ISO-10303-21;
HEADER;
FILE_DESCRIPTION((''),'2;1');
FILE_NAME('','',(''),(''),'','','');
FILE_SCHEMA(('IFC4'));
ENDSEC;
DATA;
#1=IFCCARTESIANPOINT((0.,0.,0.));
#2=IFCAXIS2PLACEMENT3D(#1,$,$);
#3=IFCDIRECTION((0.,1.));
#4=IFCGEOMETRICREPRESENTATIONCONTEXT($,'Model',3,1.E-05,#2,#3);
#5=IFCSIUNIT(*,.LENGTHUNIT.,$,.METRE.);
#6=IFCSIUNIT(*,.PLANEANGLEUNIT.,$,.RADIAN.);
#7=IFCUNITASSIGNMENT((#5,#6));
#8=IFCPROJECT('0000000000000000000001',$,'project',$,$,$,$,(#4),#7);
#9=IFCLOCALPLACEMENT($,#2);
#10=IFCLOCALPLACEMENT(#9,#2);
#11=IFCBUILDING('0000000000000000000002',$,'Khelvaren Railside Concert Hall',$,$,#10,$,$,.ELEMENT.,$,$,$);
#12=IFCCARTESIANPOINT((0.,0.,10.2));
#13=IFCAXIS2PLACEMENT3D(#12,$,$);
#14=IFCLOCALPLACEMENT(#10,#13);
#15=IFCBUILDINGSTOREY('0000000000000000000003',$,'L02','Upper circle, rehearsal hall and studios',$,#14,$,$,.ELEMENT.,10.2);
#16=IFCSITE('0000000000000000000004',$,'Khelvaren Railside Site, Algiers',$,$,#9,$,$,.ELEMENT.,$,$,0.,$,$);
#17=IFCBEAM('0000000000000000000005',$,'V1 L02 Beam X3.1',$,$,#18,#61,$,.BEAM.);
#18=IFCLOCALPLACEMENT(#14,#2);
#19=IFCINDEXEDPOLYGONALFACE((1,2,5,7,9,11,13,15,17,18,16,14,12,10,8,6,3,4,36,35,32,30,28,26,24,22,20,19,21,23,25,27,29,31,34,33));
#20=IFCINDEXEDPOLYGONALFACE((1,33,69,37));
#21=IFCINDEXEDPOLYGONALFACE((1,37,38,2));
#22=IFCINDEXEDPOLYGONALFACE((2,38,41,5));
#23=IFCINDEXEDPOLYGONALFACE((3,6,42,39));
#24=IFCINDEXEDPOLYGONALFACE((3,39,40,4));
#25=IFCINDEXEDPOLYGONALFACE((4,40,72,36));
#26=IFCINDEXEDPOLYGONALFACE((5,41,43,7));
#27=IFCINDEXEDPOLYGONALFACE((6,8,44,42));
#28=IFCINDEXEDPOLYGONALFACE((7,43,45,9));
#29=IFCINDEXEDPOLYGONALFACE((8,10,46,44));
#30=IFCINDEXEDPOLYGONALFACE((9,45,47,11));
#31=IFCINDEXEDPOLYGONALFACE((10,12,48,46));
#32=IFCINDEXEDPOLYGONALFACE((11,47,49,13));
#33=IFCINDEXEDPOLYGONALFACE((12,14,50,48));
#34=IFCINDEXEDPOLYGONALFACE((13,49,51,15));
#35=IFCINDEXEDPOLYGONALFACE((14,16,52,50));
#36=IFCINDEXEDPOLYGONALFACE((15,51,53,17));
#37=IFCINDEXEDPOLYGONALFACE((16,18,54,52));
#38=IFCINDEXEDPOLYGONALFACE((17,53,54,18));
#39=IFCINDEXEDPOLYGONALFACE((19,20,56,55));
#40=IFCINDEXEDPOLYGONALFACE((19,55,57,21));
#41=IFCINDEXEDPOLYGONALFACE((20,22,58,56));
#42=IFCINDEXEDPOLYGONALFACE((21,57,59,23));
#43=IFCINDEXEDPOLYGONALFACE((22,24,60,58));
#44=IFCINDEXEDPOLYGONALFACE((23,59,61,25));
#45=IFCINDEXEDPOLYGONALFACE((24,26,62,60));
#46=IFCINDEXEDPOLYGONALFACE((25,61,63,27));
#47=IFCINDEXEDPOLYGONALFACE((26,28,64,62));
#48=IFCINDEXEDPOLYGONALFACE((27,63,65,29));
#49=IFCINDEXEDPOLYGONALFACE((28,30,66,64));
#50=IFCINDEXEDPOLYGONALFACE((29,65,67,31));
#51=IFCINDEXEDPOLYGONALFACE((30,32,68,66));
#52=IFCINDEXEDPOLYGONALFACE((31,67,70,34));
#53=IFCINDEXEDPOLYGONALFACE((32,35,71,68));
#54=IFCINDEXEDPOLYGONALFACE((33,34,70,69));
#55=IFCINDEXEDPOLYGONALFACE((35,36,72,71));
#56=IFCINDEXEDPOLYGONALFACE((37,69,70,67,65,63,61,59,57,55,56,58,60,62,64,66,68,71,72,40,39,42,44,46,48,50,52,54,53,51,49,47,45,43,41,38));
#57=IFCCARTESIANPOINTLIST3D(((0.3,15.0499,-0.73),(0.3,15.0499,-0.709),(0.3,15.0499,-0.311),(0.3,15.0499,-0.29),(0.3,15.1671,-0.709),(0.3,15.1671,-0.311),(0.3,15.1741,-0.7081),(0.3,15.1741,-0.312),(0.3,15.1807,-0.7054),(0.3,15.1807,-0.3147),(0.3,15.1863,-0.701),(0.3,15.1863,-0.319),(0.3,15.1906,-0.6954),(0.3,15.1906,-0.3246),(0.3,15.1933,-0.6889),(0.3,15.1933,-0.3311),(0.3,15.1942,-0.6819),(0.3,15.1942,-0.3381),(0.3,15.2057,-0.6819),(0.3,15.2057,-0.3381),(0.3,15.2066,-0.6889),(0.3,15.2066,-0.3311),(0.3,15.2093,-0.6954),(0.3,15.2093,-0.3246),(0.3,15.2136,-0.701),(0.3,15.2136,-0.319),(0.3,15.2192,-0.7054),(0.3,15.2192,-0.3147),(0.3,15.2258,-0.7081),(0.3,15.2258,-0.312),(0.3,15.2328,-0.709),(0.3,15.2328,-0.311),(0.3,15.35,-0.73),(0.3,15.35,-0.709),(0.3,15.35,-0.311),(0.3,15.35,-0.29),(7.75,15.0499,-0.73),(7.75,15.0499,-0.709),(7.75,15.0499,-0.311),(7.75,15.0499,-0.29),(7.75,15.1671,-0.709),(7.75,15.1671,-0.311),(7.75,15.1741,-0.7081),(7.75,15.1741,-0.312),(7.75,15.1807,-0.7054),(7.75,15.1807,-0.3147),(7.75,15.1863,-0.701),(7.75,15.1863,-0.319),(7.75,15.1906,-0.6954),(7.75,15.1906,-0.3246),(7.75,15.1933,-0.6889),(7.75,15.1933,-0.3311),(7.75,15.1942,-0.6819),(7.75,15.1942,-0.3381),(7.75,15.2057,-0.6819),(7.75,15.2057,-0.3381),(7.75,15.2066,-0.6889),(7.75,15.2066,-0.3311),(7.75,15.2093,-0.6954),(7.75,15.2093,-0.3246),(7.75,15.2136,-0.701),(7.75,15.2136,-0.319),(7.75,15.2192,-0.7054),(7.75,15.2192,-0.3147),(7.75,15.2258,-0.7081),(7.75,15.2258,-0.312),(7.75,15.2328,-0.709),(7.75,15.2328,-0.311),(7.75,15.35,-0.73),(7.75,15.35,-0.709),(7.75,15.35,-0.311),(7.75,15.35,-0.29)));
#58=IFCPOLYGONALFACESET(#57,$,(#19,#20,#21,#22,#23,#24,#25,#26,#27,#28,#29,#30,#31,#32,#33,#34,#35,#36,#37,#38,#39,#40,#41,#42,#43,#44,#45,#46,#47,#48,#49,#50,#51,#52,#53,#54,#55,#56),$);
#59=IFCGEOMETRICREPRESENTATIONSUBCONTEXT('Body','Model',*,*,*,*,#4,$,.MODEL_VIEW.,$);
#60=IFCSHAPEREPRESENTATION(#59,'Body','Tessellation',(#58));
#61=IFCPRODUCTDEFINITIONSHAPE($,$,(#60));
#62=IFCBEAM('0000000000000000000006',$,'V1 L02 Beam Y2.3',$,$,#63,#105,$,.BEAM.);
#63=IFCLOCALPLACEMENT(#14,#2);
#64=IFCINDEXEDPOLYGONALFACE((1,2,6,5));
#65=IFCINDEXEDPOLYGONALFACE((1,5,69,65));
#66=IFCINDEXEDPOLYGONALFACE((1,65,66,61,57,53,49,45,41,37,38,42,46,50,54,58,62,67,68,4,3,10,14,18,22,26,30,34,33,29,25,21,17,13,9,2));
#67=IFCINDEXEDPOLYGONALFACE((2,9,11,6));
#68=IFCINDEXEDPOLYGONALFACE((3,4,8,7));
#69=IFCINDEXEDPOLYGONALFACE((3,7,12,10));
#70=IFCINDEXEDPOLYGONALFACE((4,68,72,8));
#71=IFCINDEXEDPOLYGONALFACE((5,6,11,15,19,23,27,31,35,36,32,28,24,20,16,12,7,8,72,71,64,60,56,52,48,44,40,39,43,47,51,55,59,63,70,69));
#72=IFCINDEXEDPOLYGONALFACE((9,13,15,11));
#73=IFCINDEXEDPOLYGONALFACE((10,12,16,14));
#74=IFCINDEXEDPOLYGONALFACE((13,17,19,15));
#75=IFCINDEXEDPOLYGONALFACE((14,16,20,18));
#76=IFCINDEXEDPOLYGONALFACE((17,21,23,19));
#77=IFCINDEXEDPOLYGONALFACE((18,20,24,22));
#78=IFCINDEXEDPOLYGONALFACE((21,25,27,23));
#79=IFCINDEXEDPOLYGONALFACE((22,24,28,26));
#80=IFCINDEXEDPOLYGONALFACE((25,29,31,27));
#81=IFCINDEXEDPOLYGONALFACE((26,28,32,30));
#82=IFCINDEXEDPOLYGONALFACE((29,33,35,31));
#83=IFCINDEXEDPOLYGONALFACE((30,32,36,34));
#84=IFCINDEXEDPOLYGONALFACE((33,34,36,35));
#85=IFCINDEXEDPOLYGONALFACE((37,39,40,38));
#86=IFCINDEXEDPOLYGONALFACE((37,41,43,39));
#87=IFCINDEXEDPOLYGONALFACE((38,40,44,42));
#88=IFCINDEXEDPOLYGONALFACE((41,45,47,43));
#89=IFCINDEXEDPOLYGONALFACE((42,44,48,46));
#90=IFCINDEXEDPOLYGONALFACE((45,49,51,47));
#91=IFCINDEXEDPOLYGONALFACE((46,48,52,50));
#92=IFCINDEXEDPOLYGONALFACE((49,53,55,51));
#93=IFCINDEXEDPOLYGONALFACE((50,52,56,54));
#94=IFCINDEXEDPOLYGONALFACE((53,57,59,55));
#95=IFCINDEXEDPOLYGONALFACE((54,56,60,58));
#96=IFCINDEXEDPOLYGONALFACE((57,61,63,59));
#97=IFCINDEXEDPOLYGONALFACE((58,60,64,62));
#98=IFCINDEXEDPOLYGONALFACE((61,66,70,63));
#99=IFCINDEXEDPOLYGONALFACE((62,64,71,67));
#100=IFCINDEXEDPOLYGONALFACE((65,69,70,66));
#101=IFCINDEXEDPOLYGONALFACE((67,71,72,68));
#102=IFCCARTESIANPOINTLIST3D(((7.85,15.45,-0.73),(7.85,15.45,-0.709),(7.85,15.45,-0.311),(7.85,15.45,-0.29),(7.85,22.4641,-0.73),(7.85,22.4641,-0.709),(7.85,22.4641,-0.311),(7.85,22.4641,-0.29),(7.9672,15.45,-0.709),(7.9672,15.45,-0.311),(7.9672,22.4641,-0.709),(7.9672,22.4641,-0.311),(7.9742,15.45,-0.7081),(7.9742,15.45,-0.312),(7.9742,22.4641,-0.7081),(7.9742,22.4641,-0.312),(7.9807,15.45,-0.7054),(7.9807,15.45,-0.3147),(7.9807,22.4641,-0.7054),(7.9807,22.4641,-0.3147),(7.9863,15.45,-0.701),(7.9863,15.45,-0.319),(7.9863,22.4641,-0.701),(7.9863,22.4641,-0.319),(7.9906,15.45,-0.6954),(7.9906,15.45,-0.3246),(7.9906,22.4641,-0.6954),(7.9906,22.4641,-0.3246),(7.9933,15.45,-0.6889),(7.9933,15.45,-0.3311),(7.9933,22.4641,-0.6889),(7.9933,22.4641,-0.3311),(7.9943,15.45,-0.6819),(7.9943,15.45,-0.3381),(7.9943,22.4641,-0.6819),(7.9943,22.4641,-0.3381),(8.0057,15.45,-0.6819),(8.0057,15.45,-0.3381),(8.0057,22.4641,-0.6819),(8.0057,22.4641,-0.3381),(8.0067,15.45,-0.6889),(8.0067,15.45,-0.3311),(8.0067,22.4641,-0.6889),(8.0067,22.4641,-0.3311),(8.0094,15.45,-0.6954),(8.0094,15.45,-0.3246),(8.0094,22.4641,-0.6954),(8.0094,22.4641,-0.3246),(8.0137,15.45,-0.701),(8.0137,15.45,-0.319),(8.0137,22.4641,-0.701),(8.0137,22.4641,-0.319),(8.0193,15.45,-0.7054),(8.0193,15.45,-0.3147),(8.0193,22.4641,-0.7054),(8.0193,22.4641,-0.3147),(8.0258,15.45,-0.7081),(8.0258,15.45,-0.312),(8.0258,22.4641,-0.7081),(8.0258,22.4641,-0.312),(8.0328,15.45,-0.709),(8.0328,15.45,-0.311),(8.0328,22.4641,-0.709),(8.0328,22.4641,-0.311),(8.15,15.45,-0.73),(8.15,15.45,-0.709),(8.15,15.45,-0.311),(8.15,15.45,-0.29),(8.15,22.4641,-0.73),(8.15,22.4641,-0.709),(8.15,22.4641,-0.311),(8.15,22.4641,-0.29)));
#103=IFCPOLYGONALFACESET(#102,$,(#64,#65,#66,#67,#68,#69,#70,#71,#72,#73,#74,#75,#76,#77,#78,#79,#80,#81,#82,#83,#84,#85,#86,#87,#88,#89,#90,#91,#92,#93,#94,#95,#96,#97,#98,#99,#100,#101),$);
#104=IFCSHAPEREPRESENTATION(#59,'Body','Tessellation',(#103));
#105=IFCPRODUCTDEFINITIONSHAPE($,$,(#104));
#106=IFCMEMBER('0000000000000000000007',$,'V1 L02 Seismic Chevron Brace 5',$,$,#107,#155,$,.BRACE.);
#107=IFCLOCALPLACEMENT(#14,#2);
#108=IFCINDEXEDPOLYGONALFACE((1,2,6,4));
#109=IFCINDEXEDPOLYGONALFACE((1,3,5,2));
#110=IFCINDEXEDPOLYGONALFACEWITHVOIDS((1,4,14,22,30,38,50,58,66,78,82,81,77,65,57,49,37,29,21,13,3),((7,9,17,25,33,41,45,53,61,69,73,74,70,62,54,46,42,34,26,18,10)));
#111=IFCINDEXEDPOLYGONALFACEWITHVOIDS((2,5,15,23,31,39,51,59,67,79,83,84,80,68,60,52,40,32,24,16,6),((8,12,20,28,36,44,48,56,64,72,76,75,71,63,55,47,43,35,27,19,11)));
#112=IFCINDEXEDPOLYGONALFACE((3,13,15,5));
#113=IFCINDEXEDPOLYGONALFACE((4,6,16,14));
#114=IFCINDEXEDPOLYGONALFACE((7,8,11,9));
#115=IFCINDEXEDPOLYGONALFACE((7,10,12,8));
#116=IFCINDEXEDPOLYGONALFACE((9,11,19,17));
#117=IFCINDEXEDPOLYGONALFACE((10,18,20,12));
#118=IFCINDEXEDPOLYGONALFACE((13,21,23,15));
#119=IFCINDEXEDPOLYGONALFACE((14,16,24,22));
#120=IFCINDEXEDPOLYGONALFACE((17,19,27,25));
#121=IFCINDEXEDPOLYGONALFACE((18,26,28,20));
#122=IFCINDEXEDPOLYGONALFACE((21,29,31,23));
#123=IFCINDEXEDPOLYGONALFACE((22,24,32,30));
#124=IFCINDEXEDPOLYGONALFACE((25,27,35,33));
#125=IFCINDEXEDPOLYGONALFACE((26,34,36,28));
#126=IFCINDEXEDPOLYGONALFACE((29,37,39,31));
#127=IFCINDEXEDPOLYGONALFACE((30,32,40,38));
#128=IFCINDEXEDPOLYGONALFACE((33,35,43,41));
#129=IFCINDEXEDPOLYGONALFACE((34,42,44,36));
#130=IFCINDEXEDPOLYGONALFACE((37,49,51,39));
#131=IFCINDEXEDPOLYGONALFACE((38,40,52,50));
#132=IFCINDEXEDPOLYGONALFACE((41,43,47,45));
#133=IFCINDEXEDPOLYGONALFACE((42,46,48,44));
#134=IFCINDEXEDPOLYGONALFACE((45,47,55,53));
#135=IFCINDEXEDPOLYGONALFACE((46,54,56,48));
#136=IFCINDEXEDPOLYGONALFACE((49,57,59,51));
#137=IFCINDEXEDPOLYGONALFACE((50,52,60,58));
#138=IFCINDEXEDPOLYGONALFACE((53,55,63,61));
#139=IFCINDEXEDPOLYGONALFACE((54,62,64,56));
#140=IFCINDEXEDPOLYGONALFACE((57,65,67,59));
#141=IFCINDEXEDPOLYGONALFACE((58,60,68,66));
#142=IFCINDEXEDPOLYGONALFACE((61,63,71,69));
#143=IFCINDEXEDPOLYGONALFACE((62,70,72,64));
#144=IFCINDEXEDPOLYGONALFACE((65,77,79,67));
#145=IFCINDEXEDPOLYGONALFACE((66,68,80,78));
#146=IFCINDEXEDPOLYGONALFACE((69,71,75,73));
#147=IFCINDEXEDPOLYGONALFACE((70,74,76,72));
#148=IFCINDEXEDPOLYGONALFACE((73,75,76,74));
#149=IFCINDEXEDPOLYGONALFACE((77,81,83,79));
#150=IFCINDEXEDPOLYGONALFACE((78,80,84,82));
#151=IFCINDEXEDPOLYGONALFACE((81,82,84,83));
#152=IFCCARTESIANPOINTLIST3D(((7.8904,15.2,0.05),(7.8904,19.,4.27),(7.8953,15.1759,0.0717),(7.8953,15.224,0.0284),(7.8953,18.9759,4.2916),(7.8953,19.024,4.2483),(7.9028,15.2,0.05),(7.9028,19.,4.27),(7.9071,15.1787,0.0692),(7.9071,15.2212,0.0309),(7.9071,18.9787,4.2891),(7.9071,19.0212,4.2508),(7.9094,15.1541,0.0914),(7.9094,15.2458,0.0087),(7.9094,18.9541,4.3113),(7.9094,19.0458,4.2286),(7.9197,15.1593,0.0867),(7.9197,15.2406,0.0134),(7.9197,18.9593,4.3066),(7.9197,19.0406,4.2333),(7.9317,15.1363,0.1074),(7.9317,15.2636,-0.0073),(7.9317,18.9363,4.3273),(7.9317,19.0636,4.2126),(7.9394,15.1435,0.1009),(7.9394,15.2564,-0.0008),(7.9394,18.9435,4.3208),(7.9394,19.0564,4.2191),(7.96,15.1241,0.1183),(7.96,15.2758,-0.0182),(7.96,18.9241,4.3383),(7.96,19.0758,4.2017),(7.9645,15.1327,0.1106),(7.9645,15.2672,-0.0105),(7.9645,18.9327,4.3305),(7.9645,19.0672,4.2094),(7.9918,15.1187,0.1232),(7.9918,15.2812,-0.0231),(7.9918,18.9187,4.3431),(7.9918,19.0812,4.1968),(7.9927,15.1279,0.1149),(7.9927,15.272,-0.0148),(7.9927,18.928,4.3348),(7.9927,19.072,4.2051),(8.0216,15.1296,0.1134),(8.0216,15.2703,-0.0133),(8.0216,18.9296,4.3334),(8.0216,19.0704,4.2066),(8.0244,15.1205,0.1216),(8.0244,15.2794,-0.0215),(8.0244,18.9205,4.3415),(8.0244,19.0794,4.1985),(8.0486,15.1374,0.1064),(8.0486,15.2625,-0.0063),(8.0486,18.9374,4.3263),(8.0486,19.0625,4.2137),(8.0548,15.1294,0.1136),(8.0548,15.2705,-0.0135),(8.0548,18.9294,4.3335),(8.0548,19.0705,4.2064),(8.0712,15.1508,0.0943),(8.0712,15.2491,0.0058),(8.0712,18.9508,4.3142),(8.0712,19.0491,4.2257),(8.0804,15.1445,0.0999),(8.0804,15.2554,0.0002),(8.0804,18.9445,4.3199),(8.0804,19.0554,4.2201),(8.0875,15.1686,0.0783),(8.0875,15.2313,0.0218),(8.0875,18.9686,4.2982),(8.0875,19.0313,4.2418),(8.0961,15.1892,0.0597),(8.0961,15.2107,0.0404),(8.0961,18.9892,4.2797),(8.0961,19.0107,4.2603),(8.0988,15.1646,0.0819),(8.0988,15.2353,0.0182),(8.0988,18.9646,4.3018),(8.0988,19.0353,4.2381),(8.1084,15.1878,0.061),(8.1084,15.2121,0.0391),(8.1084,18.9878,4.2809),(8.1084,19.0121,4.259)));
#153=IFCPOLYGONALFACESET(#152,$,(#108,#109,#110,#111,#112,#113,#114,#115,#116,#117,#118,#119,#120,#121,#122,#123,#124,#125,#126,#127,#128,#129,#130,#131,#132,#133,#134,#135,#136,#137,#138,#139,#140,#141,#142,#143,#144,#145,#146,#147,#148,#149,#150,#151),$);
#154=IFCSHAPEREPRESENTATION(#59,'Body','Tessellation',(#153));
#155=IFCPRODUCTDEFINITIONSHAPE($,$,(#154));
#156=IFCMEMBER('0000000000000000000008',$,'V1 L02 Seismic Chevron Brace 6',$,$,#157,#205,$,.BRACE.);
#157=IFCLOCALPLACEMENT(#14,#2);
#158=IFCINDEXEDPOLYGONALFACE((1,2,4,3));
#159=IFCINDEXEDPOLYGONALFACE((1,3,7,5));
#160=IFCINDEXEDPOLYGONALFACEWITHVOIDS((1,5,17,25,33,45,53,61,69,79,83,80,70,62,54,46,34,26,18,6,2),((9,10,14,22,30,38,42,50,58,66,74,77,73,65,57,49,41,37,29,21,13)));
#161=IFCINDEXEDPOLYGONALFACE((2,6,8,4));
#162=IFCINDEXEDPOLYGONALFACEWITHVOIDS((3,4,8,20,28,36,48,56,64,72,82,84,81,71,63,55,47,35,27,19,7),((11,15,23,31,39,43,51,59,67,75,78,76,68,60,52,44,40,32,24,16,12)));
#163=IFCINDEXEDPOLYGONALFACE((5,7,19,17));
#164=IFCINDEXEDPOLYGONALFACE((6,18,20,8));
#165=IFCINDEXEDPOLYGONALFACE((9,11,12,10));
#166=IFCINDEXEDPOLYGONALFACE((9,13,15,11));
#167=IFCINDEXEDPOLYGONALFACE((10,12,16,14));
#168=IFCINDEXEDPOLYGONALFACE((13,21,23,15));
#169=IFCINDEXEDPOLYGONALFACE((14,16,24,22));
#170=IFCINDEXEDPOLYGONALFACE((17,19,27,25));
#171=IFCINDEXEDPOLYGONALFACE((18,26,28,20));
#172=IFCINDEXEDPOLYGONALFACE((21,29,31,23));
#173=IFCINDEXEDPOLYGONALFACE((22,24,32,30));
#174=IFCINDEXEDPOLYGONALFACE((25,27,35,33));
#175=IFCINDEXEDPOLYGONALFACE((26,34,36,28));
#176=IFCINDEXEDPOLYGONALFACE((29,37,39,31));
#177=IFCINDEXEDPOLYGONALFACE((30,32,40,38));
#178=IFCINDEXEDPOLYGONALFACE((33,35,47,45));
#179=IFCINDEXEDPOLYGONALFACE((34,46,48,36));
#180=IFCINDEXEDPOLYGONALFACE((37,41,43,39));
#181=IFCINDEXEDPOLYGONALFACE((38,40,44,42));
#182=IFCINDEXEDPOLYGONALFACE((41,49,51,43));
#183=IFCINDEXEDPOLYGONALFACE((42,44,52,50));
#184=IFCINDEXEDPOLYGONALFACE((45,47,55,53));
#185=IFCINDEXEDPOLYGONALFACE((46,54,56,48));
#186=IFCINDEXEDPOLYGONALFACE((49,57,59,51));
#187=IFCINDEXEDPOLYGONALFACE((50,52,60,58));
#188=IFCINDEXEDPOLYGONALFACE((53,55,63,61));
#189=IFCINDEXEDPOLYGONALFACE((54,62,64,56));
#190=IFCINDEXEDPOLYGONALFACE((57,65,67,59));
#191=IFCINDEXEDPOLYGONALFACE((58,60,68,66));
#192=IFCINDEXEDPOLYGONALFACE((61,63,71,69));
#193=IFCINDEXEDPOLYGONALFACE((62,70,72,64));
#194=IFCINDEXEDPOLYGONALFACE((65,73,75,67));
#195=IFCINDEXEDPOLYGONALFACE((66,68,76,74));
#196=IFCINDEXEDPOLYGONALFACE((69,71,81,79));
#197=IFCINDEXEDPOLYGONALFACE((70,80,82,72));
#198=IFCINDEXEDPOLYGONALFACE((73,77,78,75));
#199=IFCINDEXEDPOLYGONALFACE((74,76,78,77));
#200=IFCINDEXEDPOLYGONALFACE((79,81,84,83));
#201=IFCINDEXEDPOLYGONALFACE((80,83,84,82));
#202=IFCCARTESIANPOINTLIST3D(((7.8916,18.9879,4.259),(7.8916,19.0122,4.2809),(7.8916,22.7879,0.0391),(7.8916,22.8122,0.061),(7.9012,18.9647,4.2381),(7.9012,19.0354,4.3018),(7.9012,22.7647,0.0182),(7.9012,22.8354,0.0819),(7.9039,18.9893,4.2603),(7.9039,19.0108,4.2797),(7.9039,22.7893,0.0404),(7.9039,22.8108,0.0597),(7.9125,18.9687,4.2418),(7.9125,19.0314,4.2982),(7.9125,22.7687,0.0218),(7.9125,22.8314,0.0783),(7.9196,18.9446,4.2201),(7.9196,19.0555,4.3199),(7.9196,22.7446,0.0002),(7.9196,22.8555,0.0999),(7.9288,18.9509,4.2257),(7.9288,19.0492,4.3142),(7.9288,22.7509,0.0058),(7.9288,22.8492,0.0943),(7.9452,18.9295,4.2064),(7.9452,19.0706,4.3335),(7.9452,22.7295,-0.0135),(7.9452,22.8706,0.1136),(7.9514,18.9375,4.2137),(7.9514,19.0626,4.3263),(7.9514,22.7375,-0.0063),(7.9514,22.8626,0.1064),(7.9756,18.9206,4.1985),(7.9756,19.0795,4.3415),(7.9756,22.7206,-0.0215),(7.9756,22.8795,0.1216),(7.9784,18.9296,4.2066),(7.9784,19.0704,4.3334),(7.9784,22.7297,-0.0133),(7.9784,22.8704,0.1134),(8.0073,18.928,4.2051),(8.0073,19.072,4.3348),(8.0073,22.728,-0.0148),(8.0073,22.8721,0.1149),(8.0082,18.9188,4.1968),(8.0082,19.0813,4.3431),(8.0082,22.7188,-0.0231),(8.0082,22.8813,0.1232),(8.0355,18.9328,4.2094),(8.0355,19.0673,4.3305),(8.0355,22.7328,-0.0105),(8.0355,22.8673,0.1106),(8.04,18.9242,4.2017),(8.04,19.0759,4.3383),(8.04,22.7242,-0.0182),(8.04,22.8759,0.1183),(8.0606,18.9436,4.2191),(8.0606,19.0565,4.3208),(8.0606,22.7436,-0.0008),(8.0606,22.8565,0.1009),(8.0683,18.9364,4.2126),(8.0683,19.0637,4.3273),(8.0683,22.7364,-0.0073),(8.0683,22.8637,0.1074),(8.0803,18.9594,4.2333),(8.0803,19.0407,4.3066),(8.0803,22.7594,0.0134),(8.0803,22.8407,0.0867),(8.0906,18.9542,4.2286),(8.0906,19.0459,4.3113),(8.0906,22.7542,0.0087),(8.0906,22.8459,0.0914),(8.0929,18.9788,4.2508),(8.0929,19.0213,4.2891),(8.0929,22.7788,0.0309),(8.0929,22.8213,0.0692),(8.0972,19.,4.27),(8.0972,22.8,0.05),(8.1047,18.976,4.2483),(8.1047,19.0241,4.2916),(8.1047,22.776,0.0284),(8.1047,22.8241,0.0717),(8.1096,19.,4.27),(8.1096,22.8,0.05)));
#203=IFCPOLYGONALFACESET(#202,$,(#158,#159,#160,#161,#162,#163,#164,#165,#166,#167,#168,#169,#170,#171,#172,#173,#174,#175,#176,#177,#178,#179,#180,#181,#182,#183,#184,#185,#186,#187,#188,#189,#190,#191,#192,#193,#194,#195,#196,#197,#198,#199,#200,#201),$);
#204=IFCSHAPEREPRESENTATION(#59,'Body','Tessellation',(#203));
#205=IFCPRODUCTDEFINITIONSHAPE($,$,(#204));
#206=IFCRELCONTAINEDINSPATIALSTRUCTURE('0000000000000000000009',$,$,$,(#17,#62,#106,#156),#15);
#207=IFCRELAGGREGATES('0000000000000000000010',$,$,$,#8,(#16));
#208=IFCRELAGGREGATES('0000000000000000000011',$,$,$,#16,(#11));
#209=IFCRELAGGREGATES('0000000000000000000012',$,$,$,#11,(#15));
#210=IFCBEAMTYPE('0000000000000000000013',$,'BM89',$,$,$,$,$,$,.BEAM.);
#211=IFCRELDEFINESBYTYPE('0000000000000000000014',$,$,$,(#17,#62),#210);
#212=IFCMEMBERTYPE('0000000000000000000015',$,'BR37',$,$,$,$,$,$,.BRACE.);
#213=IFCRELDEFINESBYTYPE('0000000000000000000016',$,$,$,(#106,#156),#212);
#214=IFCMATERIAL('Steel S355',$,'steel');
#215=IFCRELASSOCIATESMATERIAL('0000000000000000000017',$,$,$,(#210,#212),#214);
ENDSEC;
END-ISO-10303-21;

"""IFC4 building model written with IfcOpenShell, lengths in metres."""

from ifc_helpers import new_model, si_unit, direction, frame, origin, origin_2d, place, context, subcontext, project, spatial, hollow_circle, i_section, extrude, material, material_profile, profile_set, type_object, element, save


model = new_model("IFC4")

# Units and contexts
model_context = context("Model", 3, precision=1e-05, world=origin(), true_north=direction((0.0, 1.0)))
body_context = subcontext(model_context, "Body", "Model", "MODEL_VIEW")
ifc_project = project(units=[si_unit("LENGTHUNIT", "METRE"), si_unit("PLANEANGLEUNIT", "RADIAN")], contexts=[model_context])

# Site, building, storey
site_placement = place(None, origin())
site = spatial("IfcSite", under=ifc_project, at=site_placement, Name="Khelvaren Railside Site, Algiers", CompositionType="ELEMENT", RefElevation=0.0)
building_placement = place(site_placement, origin())
building = spatial("IfcBuilding", under=site, at=building_placement, Name="Khelvaren Railside Concert Hall", CompositionType="ELEMENT")
storey_placement = place(building_placement, frame((0.0, 0.0, 10.2)))
storey = spatial("IfcBuildingStorey", under=building, at=storey_placement, Name="L02", Description="Upper circle, rehearsal hall and studios", CompositionType="ELEMENT", Elevation=10.2)

# Beams
ifc_material_1 = material(Name="Steel S355", Category="steel")
ifc_material_profile_1 = material_profile(ifc_material_1, i_section(OverallWidth=0.3, OverallDepth=0.4399, WebThickness=0.0115, FlangeThickness=0.021, FilletRadius=0.0271, at=origin_2d()), Name="HEA 450")
ifc_profile_set_1 = profile_set([ifc_material_profile_1], Name="Steel S355")
beam_type_1 = type_object("IfcBeamType", Name="BM89", PredefinedType="BEAM", material=ifc_profile_set_1)
beam_1_placement = place(storey_placement, frame((0.3, 15.2, -0.51), z_axis=(1.0, 0.0, 0.0), x_axis=(0.0, 1.0, 0.0)))
element("IfcBeam", 1, at=beam_1_placement, inside=storey, type_object=beam_type_1, Name="V1 L02 Beam X3.1", PredefinedType="BEAM", context=body_context, shape_type="SweptSolid", body=[
    extrude(i_section(OverallWidth=0.3, OverallDepth=0.4399, WebThickness=0.0115, FlangeThickness=0.021, FilletRadius=0.0271, at=origin_2d()), origin(), (0.0, 0.0, 1.0), 7.45),
])
beam_2_placement = place(storey_placement, frame((8.0, 15.45, -0.51), z_axis=(0.0, 1.0, 0.0), x_axis=(-1.0, 0.0, 0.0)))
element("IfcBeam", 2, at=beam_2_placement, inside=storey, type_object=beam_type_1, Name="V1 L02 Beam Y2.3", PredefinedType="BEAM", context=body_context, shape_type="SweptSolid", body=[
    extrude(i_section(OverallWidth=0.3, OverallDepth=0.4399, WebThickness=0.0115, FlangeThickness=0.021, FilletRadius=0.0271, at=origin_2d()), origin(), (0.0, 0.0, 1.0), 7.0142),
])

# Members
ifc_material_profile_2 = material_profile(ifc_material_1, hollow_circle(Radius=0.1096, WallThickness=0.0125, at=origin_2d()), Name="CHS 219.1x12.5")
ifc_profile_set_2 = profile_set([ifc_material_profile_2], Name="Steel S355")
member_type_1 = type_object("IfcMemberType", Name="BR37", PredefinedType="BRACE", material=ifc_profile_set_2)
for number, where, z_axis, x_axis, name in (
    (3, (8.0, 15.2, 0.05), (0.0, 0.669167, 0.743112), (-1.0, 0.0, 0.0), "V1 L02 Seismic Chevron Brace 5"),
    (4, (8.0, 22.8, 0.05), (0.0, -0.669167, 0.743112), (1.0, 0.0, 0.0), "V1 L02 Seismic Chevron Brace 6"),
):
    element("IfcMember", number, at=place(storey_placement, frame(where, z_axis=z_axis, x_axis=x_axis)), inside=storey, type_object=member_type_1, Name=name, PredefinedType="BRACE", context=body_context, shape_type="SweptSolid", body=[
        extrude(hollow_circle(Radius=0.1096, WallThickness=0.0125, at=origin_2d()), origin(), (0.0, 0.0, 1.0), 5.6787),
    ])

save(model, "model.ifc")
